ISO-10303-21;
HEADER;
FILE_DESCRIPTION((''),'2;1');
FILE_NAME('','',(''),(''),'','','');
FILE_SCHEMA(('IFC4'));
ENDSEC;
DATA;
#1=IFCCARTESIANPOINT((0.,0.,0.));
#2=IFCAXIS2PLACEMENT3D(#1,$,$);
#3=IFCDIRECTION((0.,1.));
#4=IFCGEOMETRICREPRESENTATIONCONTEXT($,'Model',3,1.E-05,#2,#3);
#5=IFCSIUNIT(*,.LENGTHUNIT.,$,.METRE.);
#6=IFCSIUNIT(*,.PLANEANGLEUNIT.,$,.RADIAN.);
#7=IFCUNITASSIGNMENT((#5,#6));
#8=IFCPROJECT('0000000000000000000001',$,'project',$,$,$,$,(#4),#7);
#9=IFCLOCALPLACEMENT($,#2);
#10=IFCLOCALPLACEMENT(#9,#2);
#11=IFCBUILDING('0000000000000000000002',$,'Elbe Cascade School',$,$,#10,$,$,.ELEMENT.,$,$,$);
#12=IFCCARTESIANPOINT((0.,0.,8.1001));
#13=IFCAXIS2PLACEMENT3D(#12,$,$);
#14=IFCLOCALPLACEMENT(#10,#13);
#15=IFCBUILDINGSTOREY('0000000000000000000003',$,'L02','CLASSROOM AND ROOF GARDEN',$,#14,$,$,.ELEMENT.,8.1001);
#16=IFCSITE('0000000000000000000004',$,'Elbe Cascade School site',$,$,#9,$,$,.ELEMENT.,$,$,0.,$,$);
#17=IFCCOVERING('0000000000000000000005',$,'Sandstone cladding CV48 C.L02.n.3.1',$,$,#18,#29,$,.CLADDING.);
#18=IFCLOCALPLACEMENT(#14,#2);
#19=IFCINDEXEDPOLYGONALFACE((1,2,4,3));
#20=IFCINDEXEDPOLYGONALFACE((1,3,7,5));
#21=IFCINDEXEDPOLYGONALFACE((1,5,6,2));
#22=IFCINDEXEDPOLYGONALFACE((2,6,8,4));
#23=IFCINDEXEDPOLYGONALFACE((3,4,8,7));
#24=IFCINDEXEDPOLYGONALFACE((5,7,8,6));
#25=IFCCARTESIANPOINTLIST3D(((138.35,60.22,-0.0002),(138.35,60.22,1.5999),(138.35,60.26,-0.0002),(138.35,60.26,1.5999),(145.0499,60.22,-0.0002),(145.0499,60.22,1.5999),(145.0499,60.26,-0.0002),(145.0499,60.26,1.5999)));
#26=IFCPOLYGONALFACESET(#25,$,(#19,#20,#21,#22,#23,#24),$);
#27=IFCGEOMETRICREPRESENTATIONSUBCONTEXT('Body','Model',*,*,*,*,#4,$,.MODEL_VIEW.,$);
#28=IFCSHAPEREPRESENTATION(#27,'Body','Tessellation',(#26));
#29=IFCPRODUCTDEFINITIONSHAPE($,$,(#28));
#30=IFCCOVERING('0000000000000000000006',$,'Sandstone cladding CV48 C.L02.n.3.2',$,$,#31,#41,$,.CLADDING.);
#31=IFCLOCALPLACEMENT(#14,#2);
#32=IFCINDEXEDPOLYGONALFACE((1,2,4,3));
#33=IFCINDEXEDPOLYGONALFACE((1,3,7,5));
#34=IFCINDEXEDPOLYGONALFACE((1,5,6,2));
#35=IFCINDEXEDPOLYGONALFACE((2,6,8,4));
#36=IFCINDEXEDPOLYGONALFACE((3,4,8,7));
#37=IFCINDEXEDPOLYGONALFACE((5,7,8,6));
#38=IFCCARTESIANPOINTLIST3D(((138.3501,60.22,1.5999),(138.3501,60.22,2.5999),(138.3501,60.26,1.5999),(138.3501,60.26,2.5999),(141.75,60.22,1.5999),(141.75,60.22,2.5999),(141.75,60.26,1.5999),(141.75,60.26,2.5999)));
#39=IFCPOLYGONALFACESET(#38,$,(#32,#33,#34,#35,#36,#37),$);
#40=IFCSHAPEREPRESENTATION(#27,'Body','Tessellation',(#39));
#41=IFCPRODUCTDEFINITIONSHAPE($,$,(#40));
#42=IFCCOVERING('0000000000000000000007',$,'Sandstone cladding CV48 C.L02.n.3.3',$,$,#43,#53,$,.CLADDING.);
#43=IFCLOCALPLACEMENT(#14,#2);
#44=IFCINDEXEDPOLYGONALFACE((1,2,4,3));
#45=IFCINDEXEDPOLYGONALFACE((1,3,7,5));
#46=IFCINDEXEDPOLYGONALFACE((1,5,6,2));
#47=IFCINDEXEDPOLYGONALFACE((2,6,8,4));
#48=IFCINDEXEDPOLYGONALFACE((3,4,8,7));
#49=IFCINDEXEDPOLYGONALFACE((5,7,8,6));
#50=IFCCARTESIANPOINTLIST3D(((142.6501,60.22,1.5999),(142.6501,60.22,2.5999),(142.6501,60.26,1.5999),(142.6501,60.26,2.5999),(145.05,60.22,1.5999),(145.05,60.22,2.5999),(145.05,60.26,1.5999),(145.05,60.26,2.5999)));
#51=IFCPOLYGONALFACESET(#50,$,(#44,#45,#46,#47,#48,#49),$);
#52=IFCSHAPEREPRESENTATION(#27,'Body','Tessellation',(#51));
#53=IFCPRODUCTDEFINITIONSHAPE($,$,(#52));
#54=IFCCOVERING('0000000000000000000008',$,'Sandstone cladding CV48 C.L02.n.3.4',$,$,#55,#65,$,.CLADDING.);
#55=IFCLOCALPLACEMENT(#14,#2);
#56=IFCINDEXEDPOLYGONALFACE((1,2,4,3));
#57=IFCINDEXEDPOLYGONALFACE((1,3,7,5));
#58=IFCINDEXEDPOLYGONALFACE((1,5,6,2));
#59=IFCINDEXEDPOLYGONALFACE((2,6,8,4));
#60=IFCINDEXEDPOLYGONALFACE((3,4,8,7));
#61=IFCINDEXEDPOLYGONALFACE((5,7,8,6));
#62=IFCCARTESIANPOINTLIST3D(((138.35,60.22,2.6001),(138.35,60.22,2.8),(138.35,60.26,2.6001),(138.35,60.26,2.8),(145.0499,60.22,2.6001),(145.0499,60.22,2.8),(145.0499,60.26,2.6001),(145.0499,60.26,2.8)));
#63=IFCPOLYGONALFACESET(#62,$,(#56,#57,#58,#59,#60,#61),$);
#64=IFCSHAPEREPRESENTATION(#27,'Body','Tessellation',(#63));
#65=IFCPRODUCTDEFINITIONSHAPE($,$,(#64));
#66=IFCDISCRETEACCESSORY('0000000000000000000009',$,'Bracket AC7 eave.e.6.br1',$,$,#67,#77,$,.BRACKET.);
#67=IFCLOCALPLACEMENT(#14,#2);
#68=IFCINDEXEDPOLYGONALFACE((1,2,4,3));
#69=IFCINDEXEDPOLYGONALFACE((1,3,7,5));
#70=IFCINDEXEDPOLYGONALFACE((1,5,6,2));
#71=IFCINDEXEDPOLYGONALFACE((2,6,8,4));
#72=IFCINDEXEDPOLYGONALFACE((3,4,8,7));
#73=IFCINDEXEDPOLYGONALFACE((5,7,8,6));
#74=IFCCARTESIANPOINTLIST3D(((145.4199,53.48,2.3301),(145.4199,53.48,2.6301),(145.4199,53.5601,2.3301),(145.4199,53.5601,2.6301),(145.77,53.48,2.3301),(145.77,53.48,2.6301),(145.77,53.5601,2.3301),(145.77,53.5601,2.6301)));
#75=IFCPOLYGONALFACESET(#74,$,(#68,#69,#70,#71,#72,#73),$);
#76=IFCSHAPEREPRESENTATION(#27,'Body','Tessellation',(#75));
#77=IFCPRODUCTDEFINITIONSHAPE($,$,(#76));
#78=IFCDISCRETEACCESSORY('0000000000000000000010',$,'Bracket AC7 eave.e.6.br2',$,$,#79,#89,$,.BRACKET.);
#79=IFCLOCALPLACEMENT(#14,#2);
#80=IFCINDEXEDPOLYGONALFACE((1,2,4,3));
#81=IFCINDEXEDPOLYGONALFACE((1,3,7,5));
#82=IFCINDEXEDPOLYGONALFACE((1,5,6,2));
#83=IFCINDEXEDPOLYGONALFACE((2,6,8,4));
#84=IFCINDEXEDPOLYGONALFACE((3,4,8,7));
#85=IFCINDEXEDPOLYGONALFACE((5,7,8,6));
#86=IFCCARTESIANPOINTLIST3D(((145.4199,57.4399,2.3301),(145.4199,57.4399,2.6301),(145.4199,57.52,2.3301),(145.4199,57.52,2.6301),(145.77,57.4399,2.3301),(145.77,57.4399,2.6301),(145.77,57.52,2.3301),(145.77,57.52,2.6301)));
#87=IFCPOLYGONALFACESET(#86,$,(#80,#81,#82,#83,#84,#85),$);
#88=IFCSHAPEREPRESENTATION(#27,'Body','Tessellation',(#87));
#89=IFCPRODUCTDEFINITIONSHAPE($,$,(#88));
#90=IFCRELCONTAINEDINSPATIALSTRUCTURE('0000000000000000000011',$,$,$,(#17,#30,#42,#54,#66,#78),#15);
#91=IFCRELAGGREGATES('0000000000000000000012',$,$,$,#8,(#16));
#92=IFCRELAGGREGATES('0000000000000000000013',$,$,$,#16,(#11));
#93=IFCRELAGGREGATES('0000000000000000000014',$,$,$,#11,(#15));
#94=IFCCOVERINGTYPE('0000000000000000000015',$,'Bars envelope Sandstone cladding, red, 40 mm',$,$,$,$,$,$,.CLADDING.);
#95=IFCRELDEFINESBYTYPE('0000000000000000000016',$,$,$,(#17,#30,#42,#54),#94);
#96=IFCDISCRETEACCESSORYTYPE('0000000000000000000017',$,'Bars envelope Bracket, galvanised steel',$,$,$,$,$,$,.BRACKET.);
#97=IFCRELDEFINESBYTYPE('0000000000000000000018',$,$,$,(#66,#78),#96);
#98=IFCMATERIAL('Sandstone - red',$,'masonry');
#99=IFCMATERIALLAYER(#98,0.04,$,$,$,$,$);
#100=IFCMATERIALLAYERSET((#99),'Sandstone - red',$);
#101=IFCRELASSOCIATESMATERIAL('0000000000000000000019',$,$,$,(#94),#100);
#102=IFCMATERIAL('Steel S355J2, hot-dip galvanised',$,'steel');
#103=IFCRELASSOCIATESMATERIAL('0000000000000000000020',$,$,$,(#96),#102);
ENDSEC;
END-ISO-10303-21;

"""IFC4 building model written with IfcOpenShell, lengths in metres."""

from ifc_helpers import new_model, si_unit, direction, frame, origin, origin_2d, place, context, subcontext, project, spatial, rectangle, extrude, material, layer, layer_set, type_object, element, save


model = new_model("IFC4")

# Units and contexts
model_context = context("Model", 3, precision=1e-05, world=origin(), true_north=direction((0.0, 1.0)))
body_context = subcontext(model_context, "Body", "Model", "MODEL_VIEW")
ifc_project = project(units=[si_unit("LENGTHUNIT", "METRE"), si_unit("PLANEANGLEUNIT", "RADIAN")], contexts=[model_context])

# Site, building, storey
site_placement = place(None, origin())
site = spatial("IfcSite", under=ifc_project, at=site_placement, Name="Elbe Cascade School site", CompositionType="ELEMENT", RefElevation=0.0)
building_placement = place(site_placement, origin())
building = spatial("IfcBuilding", under=site, at=building_placement, Name="Elbe Cascade School", CompositionType="ELEMENT")
storey_placement = place(building_placement, frame((0.0, 0.0, 8.1001)))
storey = spatial("IfcBuildingStorey", under=building, at=storey_placement, Name="L02", Description="CLASSROOM AND ROOF GARDEN", CompositionType="ELEMENT", Elevation=8.1001)

# Coverings
ifc_material_1 = material(Name="Sandstone - red", Category="masonry")
ifc_layer_1 = layer(ifc_material_1, 0.04)
ifc_layer_set_1 = layer_set([ifc_layer_1], Name="Sandstone - red")
covering_type_1 = type_object("IfcCoveringType", Name="Bars envelope Sandstone cladding, red, 40 mm", PredefinedType="CLADDING", material=ifc_layer_set_1)
covering_1_placement = place(storey_placement, frame((141.7, 60.24, -0.0002), z_axis=(0.0, 0.0, 1.0), x_axis=(1.0, 0.0, 0.0)))
element("IfcCovering", 1, at=covering_1_placement, inside=storey, type_object=covering_type_1, Name="Sandstone cladding CV48 C.L02.n.3.1", PredefinedType="CLADDING", context=body_context, shape_type="SweptSolid", body=[
    extrude(rectangle(XDim=6.7, YDim=0.04, at=origin_2d()), origin(), (0.0, 0.0, 1.0), 1.6001),
])
covering_2_placement = place(storey_placement, frame((140.05, 60.24, 1.5999), z_axis=(0.0, 0.0, 1.0), x_axis=(1.0, 0.0, 0.0)))
element("IfcCovering", 2, at=covering_2_placement, inside=storey, type_object=covering_type_1, Name="Sandstone cladding CV48 C.L02.n.3.2", PredefinedType="CLADDING", context=body_context, shape_type="SweptSolid", body=[
    extrude(rectangle(XDim=3.3999, YDim=0.04, at=origin_2d()), origin(), (0.0, 0.0, 1.0), 1.0),
])
covering_3_placement = place(storey_placement, frame((143.8501, 60.24, 1.5999), z_axis=(0.0, 0.0, 1.0), x_axis=(1.0, 0.0, 0.0)))
element("IfcCovering", 3, at=covering_3_placement, inside=storey, type_object=covering_type_1, Name="Sandstone cladding CV48 C.L02.n.3.3", PredefinedType="CLADDING", context=body_context, shape_type="SweptSolid", body=[
    extrude(rectangle(XDim=2.3999, YDim=0.04, at=origin_2d()), origin(), (0.0, 0.0, 1.0), 1.0),
])
covering_4_placement = place(storey_placement, frame((141.7, 60.24, 2.6001), z_axis=(0.0, 0.0, 1.0), x_axis=(1.0, 0.0, 0.0)))
element("IfcCovering", 4, at=covering_4_placement, inside=storey, type_object=covering_type_1, Name="Sandstone cladding CV48 C.L02.n.3.4", PredefinedType="CLADDING", context=body_context, shape_type="SweptSolid", body=[
    extrude(rectangle(XDim=6.7, YDim=0.04, at=origin_2d()), origin(), (0.0, 0.0, 1.0), 0.2),
])

# Discrete accessories
ifc_material_2 = material(Name="Steel S355J2, hot-dip galvanised", Category="steel")
discrete_accessory_type = type_object("IfcDiscreteAccessoryType", Name="Bars envelope Bracket, galvanised steel", PredefinedType="BRACKET", material=ifc_material_2)
for number, where, z_axis, x_axis, name in (
    (5, (145.595, 53.52, 2.3301), (0.0, 0.0, 1.0), (0.0, 1.0, 0.0), "Bracket AC7 eave.e.6.br1"),
    (6, (145.595, 57.48, 2.3301), (0.0, 0.0, 1.0), (0.0, 1.0, 0.0), "Bracket AC7 eave.e.6.br2"),
):
    element("IfcDiscreteAccessory", number, at=place(storey_placement, frame(where, z_axis=z_axis, x_axis=x_axis)), inside=storey, type_object=discrete_accessory_type, Name=name, PredefinedType="BRACKET", context=body_context, shape_type="SweptSolid", body=[
        extrude(rectangle(XDim=0.0801, YDim=0.3501, at=origin_2d()), origin(), (0.0, 0.0, 1.0), 0.3),
    ])

save(model, "model.ifc")
